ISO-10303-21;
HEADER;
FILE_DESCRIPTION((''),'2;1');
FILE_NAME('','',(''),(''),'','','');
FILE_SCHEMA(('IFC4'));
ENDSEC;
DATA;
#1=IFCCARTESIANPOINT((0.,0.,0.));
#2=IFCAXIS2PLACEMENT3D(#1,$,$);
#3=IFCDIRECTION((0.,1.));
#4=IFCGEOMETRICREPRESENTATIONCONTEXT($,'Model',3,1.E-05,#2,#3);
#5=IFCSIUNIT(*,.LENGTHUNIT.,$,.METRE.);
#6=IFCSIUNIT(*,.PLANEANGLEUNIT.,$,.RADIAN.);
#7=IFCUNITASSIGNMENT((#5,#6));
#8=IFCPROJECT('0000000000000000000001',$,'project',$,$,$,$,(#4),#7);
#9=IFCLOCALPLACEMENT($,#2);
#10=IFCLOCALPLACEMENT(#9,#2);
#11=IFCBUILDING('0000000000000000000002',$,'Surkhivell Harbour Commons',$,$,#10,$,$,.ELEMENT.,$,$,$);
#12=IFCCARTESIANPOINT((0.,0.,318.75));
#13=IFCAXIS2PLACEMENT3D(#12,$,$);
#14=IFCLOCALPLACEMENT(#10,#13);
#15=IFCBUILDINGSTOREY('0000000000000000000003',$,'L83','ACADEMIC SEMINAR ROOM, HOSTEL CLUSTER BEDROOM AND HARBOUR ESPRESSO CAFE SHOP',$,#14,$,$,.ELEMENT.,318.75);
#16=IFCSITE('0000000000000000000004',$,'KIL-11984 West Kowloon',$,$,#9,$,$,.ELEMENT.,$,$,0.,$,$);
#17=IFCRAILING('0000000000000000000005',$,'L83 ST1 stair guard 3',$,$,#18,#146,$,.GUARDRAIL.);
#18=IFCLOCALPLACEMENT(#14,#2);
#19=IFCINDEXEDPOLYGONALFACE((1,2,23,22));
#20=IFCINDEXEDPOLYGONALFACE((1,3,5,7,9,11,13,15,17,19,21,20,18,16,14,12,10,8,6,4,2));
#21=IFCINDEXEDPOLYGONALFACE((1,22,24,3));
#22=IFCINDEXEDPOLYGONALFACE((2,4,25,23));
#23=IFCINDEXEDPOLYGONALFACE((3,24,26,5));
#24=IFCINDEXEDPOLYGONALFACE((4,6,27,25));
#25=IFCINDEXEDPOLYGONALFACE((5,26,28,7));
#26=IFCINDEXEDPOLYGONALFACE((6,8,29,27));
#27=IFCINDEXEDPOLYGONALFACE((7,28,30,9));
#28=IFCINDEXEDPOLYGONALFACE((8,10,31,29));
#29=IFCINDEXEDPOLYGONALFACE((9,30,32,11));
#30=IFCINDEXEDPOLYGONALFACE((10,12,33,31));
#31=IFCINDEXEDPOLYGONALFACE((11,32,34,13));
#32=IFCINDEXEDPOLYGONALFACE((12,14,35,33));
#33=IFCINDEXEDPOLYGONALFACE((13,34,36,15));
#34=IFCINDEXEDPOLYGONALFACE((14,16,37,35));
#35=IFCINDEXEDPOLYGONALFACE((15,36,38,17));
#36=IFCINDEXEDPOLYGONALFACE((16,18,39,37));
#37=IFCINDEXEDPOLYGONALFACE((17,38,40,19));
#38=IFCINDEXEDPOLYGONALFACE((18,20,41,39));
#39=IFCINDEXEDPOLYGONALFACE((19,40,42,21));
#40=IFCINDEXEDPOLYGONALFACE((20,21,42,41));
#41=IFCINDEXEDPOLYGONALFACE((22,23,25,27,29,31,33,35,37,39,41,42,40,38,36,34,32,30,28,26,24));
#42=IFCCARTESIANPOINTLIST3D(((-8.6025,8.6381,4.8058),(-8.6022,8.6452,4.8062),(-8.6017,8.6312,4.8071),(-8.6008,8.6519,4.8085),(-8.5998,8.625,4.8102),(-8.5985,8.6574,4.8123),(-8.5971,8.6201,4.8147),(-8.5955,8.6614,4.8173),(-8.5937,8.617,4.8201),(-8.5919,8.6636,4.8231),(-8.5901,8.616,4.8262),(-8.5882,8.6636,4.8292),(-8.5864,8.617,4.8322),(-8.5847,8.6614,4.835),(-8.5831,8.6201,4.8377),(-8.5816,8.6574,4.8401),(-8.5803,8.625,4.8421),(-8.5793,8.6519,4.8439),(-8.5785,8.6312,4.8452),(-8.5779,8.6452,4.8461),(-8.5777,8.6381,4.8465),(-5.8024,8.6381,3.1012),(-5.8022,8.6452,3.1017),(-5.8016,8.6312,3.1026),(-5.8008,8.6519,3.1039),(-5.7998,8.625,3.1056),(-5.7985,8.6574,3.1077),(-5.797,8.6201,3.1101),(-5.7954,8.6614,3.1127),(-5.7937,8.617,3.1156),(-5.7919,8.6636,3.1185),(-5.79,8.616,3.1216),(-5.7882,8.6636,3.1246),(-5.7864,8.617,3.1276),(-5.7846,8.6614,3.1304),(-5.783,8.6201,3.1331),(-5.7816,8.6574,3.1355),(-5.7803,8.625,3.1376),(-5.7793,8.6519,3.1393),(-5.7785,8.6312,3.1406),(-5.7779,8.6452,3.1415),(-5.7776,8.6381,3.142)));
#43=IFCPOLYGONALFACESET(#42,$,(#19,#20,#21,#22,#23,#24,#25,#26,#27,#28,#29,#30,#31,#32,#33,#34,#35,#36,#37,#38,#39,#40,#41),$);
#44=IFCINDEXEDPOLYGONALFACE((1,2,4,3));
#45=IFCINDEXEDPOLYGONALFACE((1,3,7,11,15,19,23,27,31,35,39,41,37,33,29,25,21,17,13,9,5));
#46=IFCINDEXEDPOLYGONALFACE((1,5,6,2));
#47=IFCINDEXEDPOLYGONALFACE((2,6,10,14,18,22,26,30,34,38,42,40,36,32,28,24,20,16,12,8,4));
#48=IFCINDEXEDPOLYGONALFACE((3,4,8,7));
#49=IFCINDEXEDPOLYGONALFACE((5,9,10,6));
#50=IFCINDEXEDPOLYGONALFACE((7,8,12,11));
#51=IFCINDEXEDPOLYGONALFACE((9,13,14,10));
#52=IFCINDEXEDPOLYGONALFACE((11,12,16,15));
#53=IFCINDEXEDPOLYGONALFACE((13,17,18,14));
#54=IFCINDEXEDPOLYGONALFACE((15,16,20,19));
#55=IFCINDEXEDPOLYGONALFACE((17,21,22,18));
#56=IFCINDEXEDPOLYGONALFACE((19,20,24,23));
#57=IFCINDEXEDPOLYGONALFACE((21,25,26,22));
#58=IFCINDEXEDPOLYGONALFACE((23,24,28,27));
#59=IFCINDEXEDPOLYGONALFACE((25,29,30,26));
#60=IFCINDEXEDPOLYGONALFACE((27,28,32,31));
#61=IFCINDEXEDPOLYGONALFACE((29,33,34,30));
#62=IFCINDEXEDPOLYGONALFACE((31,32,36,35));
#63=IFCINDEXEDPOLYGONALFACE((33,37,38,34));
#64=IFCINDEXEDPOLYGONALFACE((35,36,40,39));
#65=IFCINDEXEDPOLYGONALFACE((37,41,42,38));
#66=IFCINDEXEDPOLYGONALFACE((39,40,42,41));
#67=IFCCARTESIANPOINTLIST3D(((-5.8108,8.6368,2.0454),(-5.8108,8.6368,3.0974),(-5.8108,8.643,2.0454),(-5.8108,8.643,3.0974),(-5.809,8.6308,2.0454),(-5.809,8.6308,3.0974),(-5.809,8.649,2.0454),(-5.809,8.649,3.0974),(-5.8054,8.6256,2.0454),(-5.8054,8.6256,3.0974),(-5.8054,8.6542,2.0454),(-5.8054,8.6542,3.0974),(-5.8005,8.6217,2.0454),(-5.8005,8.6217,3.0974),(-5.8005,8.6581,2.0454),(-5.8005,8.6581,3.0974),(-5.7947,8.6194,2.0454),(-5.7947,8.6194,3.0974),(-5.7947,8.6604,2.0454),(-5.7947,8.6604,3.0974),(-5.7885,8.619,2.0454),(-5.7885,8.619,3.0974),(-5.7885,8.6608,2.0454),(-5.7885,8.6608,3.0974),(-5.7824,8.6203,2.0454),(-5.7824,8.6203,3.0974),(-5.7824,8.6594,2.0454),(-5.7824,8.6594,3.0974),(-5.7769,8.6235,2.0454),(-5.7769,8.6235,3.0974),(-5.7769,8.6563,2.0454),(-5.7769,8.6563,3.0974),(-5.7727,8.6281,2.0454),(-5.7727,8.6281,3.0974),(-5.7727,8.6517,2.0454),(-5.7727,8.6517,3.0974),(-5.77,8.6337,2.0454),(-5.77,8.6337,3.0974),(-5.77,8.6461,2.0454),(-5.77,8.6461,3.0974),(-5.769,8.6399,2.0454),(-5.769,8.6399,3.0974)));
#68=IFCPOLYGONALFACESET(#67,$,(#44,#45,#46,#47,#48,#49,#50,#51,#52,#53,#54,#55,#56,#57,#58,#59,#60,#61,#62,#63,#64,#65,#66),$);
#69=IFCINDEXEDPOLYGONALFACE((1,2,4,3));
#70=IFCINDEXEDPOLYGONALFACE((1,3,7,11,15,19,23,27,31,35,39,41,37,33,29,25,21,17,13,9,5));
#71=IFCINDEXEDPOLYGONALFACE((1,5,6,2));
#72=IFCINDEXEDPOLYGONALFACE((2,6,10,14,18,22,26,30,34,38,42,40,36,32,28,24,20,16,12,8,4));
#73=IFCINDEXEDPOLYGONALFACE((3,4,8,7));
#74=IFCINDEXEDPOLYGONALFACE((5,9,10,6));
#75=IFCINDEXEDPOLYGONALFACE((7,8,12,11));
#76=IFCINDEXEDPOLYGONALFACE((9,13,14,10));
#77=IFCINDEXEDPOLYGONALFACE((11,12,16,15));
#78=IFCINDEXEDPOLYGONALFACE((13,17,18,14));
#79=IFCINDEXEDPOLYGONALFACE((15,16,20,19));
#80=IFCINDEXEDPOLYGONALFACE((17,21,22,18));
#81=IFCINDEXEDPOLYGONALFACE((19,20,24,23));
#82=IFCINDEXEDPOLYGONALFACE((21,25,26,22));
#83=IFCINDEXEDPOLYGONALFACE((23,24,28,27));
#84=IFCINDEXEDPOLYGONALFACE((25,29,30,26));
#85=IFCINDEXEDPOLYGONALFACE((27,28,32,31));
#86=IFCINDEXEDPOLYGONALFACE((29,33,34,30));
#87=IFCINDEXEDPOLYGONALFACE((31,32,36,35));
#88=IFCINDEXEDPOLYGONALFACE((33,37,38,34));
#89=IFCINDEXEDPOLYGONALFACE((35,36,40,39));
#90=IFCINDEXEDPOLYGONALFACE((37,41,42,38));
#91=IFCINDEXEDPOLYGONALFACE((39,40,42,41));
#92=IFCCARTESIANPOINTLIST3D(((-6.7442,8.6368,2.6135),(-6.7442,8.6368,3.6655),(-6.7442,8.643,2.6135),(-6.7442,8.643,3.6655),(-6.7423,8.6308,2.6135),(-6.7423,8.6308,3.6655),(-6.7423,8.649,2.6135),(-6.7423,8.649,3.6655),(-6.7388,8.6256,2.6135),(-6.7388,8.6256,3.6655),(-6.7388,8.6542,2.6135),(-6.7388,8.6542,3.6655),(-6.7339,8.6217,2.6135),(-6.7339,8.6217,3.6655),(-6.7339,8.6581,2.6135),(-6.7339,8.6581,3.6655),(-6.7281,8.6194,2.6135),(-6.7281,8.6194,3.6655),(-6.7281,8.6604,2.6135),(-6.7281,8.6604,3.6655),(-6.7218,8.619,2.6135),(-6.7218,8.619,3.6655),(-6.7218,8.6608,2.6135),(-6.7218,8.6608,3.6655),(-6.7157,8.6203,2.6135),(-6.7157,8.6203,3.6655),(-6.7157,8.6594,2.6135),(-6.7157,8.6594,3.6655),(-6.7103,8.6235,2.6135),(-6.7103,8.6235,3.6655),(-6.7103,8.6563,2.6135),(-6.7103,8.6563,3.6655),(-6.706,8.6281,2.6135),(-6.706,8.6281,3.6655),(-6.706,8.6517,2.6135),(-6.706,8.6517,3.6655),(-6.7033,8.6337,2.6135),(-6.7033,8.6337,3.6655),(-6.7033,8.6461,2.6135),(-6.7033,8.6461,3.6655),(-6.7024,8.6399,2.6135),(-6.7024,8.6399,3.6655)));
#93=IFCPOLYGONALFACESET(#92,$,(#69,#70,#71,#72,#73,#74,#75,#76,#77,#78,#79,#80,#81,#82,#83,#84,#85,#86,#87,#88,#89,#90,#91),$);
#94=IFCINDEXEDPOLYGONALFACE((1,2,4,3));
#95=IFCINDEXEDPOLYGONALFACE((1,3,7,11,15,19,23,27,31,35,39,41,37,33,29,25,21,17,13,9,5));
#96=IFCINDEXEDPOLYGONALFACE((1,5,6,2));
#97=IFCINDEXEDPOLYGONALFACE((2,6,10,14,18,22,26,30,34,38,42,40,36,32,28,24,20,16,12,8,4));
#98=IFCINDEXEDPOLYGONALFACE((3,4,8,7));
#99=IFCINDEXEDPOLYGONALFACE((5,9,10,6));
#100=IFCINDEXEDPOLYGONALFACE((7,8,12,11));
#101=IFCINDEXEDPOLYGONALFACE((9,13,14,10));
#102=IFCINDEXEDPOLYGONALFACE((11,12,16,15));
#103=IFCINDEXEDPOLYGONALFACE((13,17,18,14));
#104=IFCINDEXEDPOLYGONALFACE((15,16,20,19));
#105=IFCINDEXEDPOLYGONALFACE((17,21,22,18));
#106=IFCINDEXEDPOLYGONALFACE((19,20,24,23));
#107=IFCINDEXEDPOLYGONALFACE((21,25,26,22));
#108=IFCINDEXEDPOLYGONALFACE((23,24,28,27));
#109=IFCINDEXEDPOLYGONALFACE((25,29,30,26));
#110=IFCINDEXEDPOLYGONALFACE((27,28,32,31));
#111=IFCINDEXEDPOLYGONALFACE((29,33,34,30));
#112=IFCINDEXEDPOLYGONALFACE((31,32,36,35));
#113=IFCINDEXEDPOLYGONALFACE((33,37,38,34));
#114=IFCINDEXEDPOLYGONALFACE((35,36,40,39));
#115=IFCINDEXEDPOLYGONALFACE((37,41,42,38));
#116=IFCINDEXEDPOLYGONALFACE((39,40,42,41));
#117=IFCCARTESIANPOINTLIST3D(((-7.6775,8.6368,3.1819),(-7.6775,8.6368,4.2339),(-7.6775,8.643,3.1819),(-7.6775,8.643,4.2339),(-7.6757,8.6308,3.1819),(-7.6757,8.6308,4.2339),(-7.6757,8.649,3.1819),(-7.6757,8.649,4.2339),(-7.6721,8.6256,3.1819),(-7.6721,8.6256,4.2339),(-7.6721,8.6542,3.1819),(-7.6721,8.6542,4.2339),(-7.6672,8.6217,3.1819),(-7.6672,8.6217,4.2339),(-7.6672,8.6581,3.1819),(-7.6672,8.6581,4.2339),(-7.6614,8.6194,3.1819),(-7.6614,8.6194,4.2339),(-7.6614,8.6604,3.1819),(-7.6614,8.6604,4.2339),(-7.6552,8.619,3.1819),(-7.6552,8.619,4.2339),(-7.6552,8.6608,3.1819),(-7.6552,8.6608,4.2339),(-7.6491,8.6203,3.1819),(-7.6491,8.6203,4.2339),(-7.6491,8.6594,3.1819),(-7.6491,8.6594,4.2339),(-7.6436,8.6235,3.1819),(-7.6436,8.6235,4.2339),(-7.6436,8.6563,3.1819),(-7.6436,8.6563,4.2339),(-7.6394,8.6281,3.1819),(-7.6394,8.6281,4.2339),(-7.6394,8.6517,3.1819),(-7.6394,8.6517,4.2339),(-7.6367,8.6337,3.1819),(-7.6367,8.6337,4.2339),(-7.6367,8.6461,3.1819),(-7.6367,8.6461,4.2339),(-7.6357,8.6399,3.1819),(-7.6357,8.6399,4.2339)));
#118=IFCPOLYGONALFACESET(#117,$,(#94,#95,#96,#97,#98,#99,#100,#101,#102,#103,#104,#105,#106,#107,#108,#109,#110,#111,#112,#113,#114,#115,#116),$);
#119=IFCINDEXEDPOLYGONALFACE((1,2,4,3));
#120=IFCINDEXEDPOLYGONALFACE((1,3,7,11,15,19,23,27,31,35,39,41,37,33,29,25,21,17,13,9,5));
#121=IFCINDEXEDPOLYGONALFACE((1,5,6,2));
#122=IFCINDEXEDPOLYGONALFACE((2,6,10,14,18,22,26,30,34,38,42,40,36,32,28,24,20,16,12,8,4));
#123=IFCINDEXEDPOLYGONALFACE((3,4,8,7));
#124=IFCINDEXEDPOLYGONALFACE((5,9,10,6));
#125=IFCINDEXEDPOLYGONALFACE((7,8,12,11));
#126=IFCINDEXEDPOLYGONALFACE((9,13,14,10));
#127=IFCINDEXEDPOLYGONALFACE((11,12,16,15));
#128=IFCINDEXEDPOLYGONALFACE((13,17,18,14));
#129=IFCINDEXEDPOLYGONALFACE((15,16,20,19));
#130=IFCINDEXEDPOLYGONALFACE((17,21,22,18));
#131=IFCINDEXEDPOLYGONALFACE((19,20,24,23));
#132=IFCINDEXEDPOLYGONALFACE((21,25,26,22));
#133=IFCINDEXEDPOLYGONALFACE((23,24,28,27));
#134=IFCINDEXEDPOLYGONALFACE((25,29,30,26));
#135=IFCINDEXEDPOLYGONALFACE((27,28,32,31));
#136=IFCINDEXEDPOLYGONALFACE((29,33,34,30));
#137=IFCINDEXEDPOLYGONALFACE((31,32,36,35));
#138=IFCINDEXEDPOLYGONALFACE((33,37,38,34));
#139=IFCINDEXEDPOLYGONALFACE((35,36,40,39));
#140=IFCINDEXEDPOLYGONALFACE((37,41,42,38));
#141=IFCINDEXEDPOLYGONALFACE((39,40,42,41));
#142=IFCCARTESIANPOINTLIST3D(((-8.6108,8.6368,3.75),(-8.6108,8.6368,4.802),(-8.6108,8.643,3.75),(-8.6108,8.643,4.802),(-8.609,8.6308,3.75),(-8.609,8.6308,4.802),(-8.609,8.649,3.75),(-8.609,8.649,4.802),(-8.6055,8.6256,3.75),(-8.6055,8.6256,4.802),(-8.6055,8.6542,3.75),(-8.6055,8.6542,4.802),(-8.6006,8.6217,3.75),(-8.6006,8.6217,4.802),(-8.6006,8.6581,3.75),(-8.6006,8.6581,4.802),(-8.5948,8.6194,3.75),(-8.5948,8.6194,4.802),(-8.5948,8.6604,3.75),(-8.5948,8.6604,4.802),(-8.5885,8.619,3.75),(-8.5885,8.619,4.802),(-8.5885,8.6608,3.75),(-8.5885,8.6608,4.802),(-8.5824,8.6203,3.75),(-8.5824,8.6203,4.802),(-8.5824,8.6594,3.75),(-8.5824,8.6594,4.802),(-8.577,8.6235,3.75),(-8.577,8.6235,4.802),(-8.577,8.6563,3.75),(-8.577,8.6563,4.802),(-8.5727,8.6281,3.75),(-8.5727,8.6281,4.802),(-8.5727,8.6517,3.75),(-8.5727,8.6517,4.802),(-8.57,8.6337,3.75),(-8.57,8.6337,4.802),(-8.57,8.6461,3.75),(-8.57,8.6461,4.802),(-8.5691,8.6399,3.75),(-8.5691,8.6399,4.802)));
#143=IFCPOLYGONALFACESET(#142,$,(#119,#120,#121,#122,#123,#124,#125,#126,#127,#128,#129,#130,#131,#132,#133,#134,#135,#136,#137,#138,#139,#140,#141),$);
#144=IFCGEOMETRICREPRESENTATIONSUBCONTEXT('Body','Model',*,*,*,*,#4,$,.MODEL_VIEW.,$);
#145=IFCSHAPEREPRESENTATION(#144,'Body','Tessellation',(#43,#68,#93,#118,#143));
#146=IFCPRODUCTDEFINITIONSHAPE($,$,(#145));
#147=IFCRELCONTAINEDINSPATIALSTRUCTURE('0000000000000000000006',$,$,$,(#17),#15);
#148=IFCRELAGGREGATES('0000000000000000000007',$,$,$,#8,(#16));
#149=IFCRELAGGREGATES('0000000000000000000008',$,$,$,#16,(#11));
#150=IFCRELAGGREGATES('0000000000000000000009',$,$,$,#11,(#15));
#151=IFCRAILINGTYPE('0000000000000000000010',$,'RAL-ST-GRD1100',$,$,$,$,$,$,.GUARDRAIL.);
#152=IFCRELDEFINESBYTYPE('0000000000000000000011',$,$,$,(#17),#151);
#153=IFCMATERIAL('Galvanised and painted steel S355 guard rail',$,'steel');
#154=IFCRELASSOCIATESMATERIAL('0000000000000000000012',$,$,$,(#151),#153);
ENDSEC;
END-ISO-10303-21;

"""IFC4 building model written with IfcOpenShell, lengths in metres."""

from ifc_helpers import new_model, si_unit, direction, frame, origin, origin_2d, place, context, subcontext, project, spatial, circle, extrude, material, type_object, element, save


model = new_model("IFC4")

# Units and contexts
model_context = context("Model", 3, precision=1e-05, world=origin(), true_north=direction((0.0, 1.0)))
body_context = subcontext(model_context, "Body", "Model", "MODEL_VIEW")
ifc_project = project(units=[si_unit("LENGTHUNIT", "METRE"), si_unit("PLANEANGLEUNIT", "RADIAN")], contexts=[model_context])

# Site, building, storey
site_placement = place(None, origin())
site = spatial("IfcSite", under=ifc_project, at=site_placement, Name="KIL-11984 West Kowloon", CompositionType="ELEMENT", RefElevation=0.0)
building_placement = place(site_placement, origin())
building = spatial("IfcBuilding", under=site, at=building_placement, Name="Surkhivell Harbour Commons", CompositionType="ELEMENT")
storey_placement = place(building_placement, frame((0.0, 0.0, 318.75)))
storey = spatial("IfcBuildingStorey", under=building, at=storey_placement, Name="L83", Description="ACADEMIC SEMINAR ROOM, HOSTEL CLUSTER BEDROOM AND HARBOUR ESPRESSO CAFE SHOP", CompositionType="ELEMENT", Elevation=318.75)

# Railing
ifc_material_1 = material(Name="Galvanised and painted steel S355 guard rail", Category="steel")
railing_type_1 = type_object("IfcRailingType", Name="RAL-ST-GRD1100", PredefinedType="GUARDRAIL", material=ifc_material_1)
railing_1_placement = place(storey_placement, frame((-5.79, 8.6399, 2.0454)))
element("IfcRailing", 1, at=railing_1_placement, inside=storey, type_object=railing_type_1, Name="L83 ST1 stair guard 3", PredefinedType="GUARDRAIL", context=body_context, shape_type="SweptSolid", body=[
    extrude(circle(Radius=0.0239, at=origin_2d()), frame((0.0, 0.0, 1.0762), z_axis=(-0.85417, 0.0, 0.519994), x_axis=(0.0, -1.0, 0.0)), (0.0, 0.0, 1.0), 3.2781),
    extrude(circle(Radius=0.021, at=origin_2d()), origin(), (0.0, 0.0, 1.0), 1.052),
    extrude(circle(Radius=0.021, at=origin_2d()), frame((-0.9333, 0.0, 0.5681)), (0.0, 0.0, 1.0), 1.052),
    extrude(circle(Radius=0.021, at=origin_2d()), frame((-1.8667, 0.0, 1.1365)), (0.0, 0.0, 1.0), 1.052),
    extrude(circle(Radius=0.021, at=origin_2d()), frame((-2.8, 0.0, 1.7046)), (0.0, 0.0, 1.0), 1.052),
])

save(model, "model.ifc")
